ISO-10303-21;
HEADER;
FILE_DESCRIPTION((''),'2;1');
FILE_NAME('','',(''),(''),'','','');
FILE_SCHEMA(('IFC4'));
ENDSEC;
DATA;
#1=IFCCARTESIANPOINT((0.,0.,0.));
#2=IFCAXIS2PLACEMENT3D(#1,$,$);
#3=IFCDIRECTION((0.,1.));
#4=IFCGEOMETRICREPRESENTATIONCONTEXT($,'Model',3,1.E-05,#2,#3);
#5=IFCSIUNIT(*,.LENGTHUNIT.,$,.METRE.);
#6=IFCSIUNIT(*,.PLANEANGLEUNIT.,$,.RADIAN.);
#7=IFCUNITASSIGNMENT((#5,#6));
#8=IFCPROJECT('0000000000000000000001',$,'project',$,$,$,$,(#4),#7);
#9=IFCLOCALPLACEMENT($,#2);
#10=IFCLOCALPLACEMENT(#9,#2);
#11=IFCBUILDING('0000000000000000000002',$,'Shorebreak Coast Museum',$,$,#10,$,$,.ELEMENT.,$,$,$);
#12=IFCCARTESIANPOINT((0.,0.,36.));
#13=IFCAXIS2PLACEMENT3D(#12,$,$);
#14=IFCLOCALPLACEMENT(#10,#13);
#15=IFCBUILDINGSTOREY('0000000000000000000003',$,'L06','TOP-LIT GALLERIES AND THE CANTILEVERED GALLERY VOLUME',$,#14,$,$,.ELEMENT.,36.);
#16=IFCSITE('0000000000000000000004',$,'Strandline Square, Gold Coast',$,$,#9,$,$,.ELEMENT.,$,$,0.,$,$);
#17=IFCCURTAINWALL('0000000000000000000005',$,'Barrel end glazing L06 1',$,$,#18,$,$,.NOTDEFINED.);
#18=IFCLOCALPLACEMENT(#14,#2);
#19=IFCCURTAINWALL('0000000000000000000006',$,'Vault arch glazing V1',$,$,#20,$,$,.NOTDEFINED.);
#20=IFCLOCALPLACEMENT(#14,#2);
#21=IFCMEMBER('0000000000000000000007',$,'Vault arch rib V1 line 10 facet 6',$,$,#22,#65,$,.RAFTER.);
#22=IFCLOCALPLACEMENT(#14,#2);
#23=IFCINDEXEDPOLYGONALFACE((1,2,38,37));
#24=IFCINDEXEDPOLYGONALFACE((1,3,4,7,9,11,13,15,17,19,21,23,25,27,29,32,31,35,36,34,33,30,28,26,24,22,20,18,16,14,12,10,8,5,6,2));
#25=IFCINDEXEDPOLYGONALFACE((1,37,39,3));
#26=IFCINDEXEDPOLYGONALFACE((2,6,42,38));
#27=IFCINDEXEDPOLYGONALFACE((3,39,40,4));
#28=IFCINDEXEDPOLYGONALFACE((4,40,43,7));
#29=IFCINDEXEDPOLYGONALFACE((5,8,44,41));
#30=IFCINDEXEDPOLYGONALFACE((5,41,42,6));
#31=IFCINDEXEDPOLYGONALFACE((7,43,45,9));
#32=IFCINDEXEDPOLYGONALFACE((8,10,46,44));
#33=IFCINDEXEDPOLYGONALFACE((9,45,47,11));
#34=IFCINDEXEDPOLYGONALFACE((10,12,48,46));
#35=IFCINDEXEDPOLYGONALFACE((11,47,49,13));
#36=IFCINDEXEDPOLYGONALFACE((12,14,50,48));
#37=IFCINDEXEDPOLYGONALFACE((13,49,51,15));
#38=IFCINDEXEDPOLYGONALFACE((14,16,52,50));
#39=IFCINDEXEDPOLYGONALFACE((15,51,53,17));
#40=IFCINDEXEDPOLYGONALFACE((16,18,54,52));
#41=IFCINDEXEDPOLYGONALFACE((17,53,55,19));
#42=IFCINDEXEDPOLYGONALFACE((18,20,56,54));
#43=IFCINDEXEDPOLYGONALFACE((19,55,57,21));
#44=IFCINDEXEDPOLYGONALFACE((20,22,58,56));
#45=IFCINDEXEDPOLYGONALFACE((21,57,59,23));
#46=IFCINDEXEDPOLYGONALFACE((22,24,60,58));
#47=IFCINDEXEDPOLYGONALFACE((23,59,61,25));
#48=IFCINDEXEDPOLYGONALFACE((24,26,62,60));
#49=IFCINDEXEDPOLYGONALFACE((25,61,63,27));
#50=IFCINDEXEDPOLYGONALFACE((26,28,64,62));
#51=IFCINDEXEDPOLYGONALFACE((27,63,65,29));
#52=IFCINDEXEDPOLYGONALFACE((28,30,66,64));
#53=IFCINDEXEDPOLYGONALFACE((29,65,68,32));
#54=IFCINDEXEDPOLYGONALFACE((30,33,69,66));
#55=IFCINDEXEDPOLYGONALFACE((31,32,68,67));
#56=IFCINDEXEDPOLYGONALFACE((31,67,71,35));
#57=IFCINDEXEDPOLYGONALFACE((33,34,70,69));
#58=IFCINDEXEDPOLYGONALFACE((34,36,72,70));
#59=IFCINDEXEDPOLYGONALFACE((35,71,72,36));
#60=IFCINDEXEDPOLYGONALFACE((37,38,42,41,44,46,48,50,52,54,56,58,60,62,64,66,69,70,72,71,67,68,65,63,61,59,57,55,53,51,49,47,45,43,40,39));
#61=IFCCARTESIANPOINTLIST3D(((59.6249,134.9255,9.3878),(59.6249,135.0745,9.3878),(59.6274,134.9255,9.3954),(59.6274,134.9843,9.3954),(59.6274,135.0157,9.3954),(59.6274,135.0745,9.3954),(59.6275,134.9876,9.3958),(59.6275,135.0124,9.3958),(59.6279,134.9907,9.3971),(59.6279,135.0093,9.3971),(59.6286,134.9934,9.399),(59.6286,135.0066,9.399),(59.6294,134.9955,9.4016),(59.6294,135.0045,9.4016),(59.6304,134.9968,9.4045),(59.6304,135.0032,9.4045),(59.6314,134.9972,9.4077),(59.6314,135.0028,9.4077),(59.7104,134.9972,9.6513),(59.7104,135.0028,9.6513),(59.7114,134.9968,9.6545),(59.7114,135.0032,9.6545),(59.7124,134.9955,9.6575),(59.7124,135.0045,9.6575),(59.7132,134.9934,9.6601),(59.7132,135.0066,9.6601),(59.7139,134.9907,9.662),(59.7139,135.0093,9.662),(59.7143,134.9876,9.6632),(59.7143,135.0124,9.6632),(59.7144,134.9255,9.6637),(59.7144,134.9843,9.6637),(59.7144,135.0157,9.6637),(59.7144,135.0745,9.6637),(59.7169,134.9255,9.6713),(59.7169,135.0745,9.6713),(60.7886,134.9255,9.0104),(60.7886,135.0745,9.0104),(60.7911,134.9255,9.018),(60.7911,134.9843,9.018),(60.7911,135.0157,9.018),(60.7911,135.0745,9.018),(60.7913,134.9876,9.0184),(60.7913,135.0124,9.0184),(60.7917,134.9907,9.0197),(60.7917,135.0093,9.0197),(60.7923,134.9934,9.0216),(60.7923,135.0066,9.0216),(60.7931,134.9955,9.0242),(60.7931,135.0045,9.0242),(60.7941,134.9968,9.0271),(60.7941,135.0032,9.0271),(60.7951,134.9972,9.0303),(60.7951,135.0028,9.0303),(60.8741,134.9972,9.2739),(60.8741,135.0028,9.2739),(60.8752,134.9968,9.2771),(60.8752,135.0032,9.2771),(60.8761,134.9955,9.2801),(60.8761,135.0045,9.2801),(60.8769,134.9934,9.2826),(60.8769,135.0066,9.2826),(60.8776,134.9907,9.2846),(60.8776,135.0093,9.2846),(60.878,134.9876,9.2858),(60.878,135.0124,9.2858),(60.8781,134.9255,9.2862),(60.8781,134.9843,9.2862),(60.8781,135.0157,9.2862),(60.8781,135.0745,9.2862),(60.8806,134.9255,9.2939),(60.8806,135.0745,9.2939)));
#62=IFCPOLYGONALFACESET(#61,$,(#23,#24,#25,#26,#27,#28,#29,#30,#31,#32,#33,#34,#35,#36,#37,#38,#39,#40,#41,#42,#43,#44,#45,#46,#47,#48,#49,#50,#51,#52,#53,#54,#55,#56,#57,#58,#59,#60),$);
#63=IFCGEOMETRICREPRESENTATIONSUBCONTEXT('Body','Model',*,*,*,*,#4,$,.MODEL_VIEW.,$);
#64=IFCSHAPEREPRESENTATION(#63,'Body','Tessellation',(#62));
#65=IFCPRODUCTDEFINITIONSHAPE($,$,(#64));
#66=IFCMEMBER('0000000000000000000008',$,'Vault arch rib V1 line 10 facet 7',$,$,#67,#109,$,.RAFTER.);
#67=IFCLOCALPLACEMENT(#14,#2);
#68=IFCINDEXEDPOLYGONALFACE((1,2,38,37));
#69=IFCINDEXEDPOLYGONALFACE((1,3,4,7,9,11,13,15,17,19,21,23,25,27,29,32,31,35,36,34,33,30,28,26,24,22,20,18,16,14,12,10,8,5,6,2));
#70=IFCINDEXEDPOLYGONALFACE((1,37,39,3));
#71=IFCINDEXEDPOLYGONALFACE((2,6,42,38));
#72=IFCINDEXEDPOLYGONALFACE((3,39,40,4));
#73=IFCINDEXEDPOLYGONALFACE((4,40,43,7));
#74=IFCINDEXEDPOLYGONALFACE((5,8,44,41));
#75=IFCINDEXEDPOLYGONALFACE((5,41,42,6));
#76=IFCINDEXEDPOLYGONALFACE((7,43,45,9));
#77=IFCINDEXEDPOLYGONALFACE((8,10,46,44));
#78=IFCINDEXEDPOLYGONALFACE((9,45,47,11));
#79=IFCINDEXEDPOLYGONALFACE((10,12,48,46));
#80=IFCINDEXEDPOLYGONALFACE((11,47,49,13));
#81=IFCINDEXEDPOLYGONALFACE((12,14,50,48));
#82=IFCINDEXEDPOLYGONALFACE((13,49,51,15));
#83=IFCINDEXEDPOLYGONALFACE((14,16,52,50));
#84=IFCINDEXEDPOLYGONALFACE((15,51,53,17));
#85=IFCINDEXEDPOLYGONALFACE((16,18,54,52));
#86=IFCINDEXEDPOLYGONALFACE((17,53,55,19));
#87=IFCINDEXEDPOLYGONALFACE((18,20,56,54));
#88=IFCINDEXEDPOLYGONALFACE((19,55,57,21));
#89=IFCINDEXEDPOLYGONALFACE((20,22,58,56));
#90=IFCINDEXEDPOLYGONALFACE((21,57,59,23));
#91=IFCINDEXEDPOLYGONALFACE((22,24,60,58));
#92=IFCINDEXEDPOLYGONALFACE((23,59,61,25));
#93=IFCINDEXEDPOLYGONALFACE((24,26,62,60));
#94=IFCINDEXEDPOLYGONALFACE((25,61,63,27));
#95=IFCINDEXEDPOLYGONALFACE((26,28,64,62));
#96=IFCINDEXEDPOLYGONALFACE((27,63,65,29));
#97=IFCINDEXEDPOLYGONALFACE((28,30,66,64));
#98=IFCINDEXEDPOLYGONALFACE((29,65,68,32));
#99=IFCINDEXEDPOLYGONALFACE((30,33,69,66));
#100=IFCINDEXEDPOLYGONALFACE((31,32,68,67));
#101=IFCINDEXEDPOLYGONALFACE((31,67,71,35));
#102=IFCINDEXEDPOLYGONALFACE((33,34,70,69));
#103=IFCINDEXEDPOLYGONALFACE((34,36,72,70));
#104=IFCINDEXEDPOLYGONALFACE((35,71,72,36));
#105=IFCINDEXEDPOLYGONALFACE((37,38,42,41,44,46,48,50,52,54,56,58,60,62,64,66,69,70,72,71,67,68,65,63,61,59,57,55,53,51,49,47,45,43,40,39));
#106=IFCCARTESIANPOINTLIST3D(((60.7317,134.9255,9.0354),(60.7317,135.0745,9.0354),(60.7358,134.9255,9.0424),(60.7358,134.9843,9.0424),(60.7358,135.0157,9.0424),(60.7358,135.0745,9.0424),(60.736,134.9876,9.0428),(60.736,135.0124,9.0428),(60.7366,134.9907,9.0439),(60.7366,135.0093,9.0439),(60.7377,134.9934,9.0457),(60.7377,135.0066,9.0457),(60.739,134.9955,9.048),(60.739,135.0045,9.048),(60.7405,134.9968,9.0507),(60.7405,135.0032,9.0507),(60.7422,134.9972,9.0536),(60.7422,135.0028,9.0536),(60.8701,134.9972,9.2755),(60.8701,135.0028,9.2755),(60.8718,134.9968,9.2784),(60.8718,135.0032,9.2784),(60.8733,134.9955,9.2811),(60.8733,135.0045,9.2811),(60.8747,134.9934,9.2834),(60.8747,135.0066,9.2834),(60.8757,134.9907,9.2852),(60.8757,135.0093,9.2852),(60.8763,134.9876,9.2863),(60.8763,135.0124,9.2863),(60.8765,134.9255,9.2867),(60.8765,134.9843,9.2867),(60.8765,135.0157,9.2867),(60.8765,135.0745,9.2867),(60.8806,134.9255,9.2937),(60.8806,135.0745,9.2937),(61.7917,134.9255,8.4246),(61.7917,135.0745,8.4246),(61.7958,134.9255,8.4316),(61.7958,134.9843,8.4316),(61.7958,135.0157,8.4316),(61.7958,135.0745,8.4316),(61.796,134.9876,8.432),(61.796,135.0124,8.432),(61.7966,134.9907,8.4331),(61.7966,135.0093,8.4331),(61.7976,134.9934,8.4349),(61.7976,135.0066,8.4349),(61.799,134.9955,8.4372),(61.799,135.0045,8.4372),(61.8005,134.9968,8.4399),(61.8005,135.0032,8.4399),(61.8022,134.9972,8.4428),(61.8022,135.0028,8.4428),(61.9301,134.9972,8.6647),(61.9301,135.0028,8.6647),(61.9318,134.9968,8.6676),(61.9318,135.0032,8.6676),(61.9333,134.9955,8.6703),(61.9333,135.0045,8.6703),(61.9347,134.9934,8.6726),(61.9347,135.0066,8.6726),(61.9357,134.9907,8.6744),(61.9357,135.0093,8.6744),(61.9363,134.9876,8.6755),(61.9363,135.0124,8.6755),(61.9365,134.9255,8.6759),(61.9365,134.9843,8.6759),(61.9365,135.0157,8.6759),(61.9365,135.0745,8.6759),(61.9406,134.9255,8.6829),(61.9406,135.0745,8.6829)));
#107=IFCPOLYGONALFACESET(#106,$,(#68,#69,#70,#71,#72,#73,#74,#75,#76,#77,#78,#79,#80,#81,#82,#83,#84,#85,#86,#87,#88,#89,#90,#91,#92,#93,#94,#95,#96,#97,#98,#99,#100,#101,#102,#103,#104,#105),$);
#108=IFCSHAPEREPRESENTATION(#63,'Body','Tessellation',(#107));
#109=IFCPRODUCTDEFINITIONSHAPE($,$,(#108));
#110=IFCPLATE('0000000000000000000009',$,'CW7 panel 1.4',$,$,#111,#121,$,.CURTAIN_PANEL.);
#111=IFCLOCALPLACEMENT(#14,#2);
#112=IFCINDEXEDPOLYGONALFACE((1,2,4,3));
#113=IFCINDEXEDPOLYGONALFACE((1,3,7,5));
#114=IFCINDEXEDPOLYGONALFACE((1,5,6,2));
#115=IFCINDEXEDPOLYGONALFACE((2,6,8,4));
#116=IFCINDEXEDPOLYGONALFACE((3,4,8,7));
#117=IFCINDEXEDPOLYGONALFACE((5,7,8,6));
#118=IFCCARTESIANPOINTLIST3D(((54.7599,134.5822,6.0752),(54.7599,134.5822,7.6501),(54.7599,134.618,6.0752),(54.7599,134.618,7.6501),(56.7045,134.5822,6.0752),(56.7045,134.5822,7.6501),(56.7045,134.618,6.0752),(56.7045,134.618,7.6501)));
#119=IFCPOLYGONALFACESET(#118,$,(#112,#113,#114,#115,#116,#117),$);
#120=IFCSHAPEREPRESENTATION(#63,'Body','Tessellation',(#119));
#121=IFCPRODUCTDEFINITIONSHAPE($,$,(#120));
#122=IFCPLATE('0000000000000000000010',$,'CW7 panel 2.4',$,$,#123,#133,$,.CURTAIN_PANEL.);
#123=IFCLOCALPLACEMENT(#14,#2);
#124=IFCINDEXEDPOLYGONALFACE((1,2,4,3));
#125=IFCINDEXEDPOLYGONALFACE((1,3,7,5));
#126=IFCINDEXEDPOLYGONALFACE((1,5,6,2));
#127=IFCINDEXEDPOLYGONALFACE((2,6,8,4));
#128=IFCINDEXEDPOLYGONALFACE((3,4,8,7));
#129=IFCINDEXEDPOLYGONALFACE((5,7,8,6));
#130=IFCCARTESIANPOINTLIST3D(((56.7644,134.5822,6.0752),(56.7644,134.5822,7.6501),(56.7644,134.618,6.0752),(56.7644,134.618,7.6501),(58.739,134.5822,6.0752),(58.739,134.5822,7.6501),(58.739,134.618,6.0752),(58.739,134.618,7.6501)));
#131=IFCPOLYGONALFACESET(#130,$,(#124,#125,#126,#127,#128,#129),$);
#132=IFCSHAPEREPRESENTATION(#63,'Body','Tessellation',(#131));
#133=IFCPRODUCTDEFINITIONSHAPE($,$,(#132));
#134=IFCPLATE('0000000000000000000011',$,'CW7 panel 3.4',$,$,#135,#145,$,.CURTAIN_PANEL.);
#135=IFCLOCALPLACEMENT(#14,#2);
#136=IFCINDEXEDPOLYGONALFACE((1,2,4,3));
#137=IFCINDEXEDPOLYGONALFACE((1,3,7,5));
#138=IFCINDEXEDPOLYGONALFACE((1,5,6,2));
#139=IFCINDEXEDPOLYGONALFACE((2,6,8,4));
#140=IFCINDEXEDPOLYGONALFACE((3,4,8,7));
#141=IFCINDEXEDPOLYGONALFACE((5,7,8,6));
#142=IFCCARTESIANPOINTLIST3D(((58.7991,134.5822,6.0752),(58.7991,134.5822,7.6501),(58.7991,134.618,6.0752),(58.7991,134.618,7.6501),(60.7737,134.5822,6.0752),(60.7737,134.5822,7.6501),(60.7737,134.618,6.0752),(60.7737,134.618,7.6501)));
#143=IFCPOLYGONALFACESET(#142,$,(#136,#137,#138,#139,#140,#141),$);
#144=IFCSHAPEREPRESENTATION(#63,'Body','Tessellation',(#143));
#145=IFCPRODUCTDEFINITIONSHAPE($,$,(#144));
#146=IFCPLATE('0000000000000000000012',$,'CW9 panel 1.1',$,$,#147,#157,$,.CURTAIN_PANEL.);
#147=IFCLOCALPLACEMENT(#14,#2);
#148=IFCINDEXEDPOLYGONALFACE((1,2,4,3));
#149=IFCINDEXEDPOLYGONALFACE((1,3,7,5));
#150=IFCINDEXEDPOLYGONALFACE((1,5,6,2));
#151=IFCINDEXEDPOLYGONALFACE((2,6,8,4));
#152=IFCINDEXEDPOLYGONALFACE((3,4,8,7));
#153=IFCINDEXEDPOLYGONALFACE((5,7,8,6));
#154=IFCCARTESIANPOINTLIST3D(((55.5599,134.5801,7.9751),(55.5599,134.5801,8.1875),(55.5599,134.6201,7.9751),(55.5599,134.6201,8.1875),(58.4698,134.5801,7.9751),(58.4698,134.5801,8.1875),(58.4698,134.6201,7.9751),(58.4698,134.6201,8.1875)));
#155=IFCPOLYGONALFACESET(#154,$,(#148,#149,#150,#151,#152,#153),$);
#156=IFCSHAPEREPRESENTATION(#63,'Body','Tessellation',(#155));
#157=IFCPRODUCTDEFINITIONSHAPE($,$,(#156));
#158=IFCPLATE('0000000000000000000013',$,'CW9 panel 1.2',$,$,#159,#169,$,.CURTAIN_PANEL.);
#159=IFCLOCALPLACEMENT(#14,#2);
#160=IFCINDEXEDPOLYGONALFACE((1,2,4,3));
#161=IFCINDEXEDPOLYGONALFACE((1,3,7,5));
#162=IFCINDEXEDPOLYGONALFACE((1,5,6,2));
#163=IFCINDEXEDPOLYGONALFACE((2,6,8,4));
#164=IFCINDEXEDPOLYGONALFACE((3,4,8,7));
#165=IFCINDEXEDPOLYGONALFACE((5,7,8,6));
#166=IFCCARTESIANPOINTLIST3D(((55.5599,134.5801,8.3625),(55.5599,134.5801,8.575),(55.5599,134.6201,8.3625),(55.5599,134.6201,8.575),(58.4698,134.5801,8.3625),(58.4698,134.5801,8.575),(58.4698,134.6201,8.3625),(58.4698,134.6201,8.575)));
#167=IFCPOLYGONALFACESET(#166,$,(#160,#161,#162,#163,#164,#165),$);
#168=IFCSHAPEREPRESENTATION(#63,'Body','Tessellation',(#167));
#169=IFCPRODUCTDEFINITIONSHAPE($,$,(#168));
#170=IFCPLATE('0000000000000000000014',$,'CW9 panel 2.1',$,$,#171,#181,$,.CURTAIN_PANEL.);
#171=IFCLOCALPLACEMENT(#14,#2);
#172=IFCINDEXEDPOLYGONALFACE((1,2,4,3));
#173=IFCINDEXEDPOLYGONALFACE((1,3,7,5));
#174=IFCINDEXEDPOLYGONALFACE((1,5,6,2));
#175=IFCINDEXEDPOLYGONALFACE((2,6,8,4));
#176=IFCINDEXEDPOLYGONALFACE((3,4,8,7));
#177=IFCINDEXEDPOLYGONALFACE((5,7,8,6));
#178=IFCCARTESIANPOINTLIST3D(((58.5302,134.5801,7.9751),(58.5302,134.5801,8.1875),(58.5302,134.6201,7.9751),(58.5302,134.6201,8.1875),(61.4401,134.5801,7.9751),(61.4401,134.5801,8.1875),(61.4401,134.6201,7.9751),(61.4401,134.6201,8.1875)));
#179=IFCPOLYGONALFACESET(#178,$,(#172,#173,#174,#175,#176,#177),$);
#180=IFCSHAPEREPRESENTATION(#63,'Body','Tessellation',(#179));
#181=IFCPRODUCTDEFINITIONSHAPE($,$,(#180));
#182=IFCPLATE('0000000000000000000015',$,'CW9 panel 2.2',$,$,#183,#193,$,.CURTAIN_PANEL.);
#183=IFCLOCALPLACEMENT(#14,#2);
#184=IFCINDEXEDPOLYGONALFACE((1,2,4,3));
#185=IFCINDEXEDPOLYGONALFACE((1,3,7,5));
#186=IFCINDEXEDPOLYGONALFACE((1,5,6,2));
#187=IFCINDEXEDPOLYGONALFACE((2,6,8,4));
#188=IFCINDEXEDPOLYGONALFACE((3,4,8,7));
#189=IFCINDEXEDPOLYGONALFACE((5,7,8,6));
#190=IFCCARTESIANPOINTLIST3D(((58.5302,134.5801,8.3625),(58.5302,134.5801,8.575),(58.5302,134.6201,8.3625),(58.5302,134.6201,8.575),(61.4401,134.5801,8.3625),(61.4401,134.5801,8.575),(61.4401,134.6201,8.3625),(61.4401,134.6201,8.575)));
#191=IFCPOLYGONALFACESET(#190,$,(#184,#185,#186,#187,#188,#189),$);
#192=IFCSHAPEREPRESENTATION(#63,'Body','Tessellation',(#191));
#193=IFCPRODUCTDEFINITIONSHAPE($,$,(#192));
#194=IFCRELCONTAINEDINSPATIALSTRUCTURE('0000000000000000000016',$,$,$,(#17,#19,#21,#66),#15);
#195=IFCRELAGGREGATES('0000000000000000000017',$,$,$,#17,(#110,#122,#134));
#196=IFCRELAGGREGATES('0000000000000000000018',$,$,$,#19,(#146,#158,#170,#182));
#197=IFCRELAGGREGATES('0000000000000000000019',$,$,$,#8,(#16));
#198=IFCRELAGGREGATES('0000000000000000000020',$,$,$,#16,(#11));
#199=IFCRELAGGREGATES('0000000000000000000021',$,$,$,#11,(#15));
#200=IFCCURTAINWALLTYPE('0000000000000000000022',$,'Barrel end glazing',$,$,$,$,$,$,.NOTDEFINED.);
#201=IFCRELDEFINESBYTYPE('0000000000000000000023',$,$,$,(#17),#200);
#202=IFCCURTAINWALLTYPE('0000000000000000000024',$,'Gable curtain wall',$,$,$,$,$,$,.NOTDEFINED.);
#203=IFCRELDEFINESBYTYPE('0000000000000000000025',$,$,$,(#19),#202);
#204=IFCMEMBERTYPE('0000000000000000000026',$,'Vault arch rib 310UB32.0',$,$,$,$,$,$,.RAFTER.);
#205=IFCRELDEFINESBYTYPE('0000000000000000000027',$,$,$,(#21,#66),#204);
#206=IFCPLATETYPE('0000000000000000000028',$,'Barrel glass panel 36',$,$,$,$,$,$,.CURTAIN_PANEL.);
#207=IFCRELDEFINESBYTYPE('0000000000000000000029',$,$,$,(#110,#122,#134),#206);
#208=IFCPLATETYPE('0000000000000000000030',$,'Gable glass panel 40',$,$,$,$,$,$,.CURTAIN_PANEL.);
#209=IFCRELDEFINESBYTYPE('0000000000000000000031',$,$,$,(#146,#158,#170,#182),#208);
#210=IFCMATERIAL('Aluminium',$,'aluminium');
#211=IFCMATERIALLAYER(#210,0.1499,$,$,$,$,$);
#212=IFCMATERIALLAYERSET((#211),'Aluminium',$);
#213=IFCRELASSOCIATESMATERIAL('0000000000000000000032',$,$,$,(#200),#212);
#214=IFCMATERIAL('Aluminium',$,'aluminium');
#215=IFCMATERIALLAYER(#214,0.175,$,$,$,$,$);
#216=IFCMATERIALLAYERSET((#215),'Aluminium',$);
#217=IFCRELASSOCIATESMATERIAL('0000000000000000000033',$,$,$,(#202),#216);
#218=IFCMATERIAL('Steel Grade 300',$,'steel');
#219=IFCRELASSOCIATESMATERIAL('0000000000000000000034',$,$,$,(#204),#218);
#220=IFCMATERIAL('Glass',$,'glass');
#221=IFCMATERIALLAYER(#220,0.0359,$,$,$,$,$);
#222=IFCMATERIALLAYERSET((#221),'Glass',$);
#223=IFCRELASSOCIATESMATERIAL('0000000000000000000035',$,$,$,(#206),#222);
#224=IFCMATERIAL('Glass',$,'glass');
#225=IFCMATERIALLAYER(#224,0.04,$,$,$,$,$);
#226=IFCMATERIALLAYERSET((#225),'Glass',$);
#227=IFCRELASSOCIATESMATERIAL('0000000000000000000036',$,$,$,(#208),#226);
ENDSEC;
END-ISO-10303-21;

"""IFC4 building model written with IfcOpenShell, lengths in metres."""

from ifc_helpers import new_model, si_unit, direction, frame, origin, origin_2d, place, context, subcontext, project, spatial, rectangle, i_section, extrude, material, layer, layer_set, material_profile, profile_set, type_object, element, aggregate, save


model = new_model("IFC4")

# Units and contexts
model_context = context("Model", 3, precision=1e-05, world=origin(), true_north=direction((0.0, 1.0)))
body_context = subcontext(model_context, "Body", "Model", "MODEL_VIEW")
ifc_project = project(units=[si_unit("LENGTHUNIT", "METRE"), si_unit("PLANEANGLEUNIT", "RADIAN")], contexts=[model_context])

# Site, building, storey
site_placement = place(None, origin())
site = spatial("IfcSite", under=ifc_project, at=site_placement, Name="Strandline Square, Gold Coast", CompositionType="ELEMENT", RefElevation=0.0)
building_placement = place(site_placement, origin())
building = spatial("IfcBuilding", under=site, at=building_placement, Name="Shorebreak Coast Museum", CompositionType="ELEMENT")
storey_placement = place(building_placement, frame((0.0, 0.0, 36.0)))
storey = spatial("IfcBuildingStorey", under=building, at=storey_placement, Name="L06", Description="TOP-LIT GALLERIES AND THE CANTILEVERED GALLERY VOLUME", CompositionType="ELEMENT", Elevation=36.0)

# Curtain walls
ifc_material_1 = material(Name="Aluminium", Category="aluminium")
ifc_layer_1 = layer(ifc_material_1, 0.1499)
ifc_layer_set_1 = layer_set([ifc_layer_1], Name="Aluminium")
curtain_wall_type_1 = type_object("IfcCurtainWallType", Name="Barrel end glazing", PredefinedType="NOTDEFINED", material=ifc_layer_set_1)
curtain_wall_1_placement = place(storey_placement, origin())
curtain_wall_1 = element("IfcCurtainWall", 1, at=curtain_wall_1_placement, inside=storey, type_object=curtain_wall_type_1, Name="Barrel end glazing L06 1", PredefinedType="NOTDEFINED")
ifc_material_2 = material(Name="Aluminium", Category="aluminium")
ifc_layer_2 = layer(ifc_material_2, 0.175)
ifc_layer_set_2 = layer_set([ifc_layer_2], Name="Aluminium")
curtain_wall_type_2 = type_object("IfcCurtainWallType", Name="Gable curtain wall", PredefinedType="NOTDEFINED", material=ifc_layer_set_2)
curtain_wall_2_placement = place(storey_placement, origin())
curtain_wall_2 = element("IfcCurtainWall", 2, at=curtain_wall_2_placement, inside=storey, type_object=curtain_wall_type_2, Name="Vault arch glazing V1", PredefinedType="NOTDEFINED")

# Members
ifc_material_3 = material(Name="Steel Grade 300", Category="steel")
ifc_material_profile_1 = material_profile(ifc_material_3, i_section(OverallWidth=0.1489, OverallDepth=0.2981, WebThickness=0.0056, FlangeThickness=0.0081, FilletRadius=0.0129, at=origin_2d()), Name="310UB32.0")
ifc_profile_set_1 = profile_set([ifc_material_profile_1], Name="Steel Grade 300")
member_type_1 = type_object("IfcMemberType", Name="Vault arch rib 310UB32.0", PredefinedType="RAFTER", material=ifc_profile_set_1)
for number, where, z_axis, x_axis, name in (
    (3, (59.6709, 135.0, 9.5295), (0.951226, 0.0, -0.308495), (0.0, 1.0, 0.0), "Vault arch rib V1 line 10 facet 6"),
    (4, (60.8062, 135.0, 9.1646), (0.866445, 0.0, -0.499273), (0.0, 1.0, 0.0), "Vault arch rib V1 line 10 facet 7"),
):
    element("IfcMember", number, at=place(storey_placement, frame(where, z_axis=z_axis, x_axis=x_axis)), inside=storey, type_object=member_type_1, Name=name, PredefinedType="RAFTER", context=body_context, shape_type="SweptSolid", body=[
        extrude(i_section(OverallWidth=0.1489, OverallDepth=0.2981, WebThickness=0.0056, FlangeThickness=0.0081, FilletRadius=0.0129, at=origin_2d()), origin(), (0.0, 0.0, 1.0), 1.2234),
    ])

# Plates
ifc_material_4 = material(Name="Glass", Category="glass")
ifc_layer_3 = layer(ifc_material_4, 0.0359)
ifc_layer_set_3 = layer_set([ifc_layer_3], Name="Glass")
plate_type_1 = type_object("IfcPlateType", Name="Barrel glass panel 36", PredefinedType="CURTAIN_PANEL", material=ifc_layer_set_3)
plate_1_placement = place(storey_placement, frame((55.7322, 134.6001, 6.0752), z_axis=(0.0, 0.0, 1.0), x_axis=(1.0, 0.0, 0.0)))
plate_1 = element("IfcPlate", 5, at=plate_1_placement, type_object=plate_type_1, Name="CW7 panel 1.4", PredefinedType="CURTAIN_PANEL", context=body_context, shape_type="SweptSolid", body=[
    extrude(rectangle(XDim=1.9446, YDim=0.0359, at=origin_2d()), origin(), (0.0, 0.0, 1.0), 1.575),
])
plate_2_placement = place(storey_placement, frame((57.7517, 134.6001, 6.0752), z_axis=(0.0, 0.0, 1.0), x_axis=(1.0, 0.0, 0.0)))
plate_2 = element("IfcPlate", 6, at=plate_2_placement, type_object=plate_type_1, Name="CW7 panel 2.4", PredefinedType="CURTAIN_PANEL", context=body_context, shape_type="SweptSolid", body=[
    extrude(rectangle(XDim=1.9746, YDim=0.0359, at=origin_2d()), origin(), (0.0, 0.0, 1.0), 1.575),
])
plate_3_placement = place(storey_placement, frame((59.7864, 134.6001, 6.0752), z_axis=(0.0, 0.0, 1.0), x_axis=(1.0, 0.0, 0.0)))
plate_3 = element("IfcPlate", 7, at=plate_3_placement, type_object=plate_type_1, Name="CW7 panel 3.4", PredefinedType="CURTAIN_PANEL", context=body_context, shape_type="SweptSolid", body=[
    extrude(rectangle(XDim=1.9746, YDim=0.0359, at=origin_2d()), origin(), (0.0, 0.0, 1.0), 1.575),
])
aggregate(curtain_wall_1, [plate_1, plate_2, plate_3])
ifc_material_5 = material(Name="Glass", Category="glass")
ifc_layer_4 = layer(ifc_material_5, 0.04)
ifc_layer_set_4 = layer_set([ifc_layer_4], Name="Glass")
plate_type_2 = type_object("IfcPlateType", Name="Gable glass panel 40", PredefinedType="CURTAIN_PANEL", material=ifc_layer_set_4)
plate_4_placement = place(storey_placement, frame((57.0149, 134.6001, 7.9751), z_axis=(0.0, 0.0, 1.0), x_axis=(1.0, 0.0, 0.0)))
plate_4 = element("IfcPlate", 8, at=plate_4_placement, type_object=plate_type_2, Name="CW9 panel 1.1", PredefinedType="CURTAIN_PANEL", context=body_context, shape_type="SweptSolid", body=[
    extrude(rectangle(XDim=2.9099, YDim=0.04, at=origin_2d()), origin(), (0.0, 0.0, 1.0), 0.2124),
])
plate_5_placement = place(storey_placement, frame((57.0149, 134.6001, 8.3625), z_axis=(0.0, 0.0, 1.0), x_axis=(1.0, 0.0, 0.0)))
plate_5 = element("IfcPlate", 9, at=plate_5_placement, type_object=plate_type_2, Name="CW9 panel 1.2", PredefinedType="CURTAIN_PANEL", context=body_context, shape_type="SweptSolid", body=[
    extrude(rectangle(XDim=2.9099, YDim=0.04, at=origin_2d()), origin(), (0.0, 0.0, 1.0), 0.2124),
])
plate_6_placement = place(storey_placement, frame((59.9851, 134.6001, 7.9751), z_axis=(0.0, 0.0, 1.0), x_axis=(1.0, 0.0, 0.0)))
plate_6 = element("IfcPlate", 10, at=plate_6_placement, type_object=plate_type_2, Name="CW9 panel 2.1", PredefinedType="CURTAIN_PANEL", context=body_context, shape_type="SweptSolid", body=[
    extrude(rectangle(XDim=2.9099, YDim=0.04, at=origin_2d()), origin(), (0.0, 0.0, 1.0), 0.2124),
])
plate_7_placement = place(storey_placement, frame((59.9851, 134.6001, 8.3625), z_axis=(0.0, 0.0, 1.0), x_axis=(1.0, 0.0, 0.0)))
plate_7 = element("IfcPlate", 11, at=plate_7_placement, type_object=plate_type_2, Name="CW9 panel 2.2", PredefinedType="CURTAIN_PANEL", context=body_context, shape_type="SweptSolid", body=[
    extrude(rectangle(XDim=2.9099, YDim=0.04, at=origin_2d()), origin(), (0.0, 0.0, 1.0), 0.2124),
])
aggregate(curtain_wall_2, [plate_4, plate_5, plate_6, plate_7])

save(model, "model.ifc")
